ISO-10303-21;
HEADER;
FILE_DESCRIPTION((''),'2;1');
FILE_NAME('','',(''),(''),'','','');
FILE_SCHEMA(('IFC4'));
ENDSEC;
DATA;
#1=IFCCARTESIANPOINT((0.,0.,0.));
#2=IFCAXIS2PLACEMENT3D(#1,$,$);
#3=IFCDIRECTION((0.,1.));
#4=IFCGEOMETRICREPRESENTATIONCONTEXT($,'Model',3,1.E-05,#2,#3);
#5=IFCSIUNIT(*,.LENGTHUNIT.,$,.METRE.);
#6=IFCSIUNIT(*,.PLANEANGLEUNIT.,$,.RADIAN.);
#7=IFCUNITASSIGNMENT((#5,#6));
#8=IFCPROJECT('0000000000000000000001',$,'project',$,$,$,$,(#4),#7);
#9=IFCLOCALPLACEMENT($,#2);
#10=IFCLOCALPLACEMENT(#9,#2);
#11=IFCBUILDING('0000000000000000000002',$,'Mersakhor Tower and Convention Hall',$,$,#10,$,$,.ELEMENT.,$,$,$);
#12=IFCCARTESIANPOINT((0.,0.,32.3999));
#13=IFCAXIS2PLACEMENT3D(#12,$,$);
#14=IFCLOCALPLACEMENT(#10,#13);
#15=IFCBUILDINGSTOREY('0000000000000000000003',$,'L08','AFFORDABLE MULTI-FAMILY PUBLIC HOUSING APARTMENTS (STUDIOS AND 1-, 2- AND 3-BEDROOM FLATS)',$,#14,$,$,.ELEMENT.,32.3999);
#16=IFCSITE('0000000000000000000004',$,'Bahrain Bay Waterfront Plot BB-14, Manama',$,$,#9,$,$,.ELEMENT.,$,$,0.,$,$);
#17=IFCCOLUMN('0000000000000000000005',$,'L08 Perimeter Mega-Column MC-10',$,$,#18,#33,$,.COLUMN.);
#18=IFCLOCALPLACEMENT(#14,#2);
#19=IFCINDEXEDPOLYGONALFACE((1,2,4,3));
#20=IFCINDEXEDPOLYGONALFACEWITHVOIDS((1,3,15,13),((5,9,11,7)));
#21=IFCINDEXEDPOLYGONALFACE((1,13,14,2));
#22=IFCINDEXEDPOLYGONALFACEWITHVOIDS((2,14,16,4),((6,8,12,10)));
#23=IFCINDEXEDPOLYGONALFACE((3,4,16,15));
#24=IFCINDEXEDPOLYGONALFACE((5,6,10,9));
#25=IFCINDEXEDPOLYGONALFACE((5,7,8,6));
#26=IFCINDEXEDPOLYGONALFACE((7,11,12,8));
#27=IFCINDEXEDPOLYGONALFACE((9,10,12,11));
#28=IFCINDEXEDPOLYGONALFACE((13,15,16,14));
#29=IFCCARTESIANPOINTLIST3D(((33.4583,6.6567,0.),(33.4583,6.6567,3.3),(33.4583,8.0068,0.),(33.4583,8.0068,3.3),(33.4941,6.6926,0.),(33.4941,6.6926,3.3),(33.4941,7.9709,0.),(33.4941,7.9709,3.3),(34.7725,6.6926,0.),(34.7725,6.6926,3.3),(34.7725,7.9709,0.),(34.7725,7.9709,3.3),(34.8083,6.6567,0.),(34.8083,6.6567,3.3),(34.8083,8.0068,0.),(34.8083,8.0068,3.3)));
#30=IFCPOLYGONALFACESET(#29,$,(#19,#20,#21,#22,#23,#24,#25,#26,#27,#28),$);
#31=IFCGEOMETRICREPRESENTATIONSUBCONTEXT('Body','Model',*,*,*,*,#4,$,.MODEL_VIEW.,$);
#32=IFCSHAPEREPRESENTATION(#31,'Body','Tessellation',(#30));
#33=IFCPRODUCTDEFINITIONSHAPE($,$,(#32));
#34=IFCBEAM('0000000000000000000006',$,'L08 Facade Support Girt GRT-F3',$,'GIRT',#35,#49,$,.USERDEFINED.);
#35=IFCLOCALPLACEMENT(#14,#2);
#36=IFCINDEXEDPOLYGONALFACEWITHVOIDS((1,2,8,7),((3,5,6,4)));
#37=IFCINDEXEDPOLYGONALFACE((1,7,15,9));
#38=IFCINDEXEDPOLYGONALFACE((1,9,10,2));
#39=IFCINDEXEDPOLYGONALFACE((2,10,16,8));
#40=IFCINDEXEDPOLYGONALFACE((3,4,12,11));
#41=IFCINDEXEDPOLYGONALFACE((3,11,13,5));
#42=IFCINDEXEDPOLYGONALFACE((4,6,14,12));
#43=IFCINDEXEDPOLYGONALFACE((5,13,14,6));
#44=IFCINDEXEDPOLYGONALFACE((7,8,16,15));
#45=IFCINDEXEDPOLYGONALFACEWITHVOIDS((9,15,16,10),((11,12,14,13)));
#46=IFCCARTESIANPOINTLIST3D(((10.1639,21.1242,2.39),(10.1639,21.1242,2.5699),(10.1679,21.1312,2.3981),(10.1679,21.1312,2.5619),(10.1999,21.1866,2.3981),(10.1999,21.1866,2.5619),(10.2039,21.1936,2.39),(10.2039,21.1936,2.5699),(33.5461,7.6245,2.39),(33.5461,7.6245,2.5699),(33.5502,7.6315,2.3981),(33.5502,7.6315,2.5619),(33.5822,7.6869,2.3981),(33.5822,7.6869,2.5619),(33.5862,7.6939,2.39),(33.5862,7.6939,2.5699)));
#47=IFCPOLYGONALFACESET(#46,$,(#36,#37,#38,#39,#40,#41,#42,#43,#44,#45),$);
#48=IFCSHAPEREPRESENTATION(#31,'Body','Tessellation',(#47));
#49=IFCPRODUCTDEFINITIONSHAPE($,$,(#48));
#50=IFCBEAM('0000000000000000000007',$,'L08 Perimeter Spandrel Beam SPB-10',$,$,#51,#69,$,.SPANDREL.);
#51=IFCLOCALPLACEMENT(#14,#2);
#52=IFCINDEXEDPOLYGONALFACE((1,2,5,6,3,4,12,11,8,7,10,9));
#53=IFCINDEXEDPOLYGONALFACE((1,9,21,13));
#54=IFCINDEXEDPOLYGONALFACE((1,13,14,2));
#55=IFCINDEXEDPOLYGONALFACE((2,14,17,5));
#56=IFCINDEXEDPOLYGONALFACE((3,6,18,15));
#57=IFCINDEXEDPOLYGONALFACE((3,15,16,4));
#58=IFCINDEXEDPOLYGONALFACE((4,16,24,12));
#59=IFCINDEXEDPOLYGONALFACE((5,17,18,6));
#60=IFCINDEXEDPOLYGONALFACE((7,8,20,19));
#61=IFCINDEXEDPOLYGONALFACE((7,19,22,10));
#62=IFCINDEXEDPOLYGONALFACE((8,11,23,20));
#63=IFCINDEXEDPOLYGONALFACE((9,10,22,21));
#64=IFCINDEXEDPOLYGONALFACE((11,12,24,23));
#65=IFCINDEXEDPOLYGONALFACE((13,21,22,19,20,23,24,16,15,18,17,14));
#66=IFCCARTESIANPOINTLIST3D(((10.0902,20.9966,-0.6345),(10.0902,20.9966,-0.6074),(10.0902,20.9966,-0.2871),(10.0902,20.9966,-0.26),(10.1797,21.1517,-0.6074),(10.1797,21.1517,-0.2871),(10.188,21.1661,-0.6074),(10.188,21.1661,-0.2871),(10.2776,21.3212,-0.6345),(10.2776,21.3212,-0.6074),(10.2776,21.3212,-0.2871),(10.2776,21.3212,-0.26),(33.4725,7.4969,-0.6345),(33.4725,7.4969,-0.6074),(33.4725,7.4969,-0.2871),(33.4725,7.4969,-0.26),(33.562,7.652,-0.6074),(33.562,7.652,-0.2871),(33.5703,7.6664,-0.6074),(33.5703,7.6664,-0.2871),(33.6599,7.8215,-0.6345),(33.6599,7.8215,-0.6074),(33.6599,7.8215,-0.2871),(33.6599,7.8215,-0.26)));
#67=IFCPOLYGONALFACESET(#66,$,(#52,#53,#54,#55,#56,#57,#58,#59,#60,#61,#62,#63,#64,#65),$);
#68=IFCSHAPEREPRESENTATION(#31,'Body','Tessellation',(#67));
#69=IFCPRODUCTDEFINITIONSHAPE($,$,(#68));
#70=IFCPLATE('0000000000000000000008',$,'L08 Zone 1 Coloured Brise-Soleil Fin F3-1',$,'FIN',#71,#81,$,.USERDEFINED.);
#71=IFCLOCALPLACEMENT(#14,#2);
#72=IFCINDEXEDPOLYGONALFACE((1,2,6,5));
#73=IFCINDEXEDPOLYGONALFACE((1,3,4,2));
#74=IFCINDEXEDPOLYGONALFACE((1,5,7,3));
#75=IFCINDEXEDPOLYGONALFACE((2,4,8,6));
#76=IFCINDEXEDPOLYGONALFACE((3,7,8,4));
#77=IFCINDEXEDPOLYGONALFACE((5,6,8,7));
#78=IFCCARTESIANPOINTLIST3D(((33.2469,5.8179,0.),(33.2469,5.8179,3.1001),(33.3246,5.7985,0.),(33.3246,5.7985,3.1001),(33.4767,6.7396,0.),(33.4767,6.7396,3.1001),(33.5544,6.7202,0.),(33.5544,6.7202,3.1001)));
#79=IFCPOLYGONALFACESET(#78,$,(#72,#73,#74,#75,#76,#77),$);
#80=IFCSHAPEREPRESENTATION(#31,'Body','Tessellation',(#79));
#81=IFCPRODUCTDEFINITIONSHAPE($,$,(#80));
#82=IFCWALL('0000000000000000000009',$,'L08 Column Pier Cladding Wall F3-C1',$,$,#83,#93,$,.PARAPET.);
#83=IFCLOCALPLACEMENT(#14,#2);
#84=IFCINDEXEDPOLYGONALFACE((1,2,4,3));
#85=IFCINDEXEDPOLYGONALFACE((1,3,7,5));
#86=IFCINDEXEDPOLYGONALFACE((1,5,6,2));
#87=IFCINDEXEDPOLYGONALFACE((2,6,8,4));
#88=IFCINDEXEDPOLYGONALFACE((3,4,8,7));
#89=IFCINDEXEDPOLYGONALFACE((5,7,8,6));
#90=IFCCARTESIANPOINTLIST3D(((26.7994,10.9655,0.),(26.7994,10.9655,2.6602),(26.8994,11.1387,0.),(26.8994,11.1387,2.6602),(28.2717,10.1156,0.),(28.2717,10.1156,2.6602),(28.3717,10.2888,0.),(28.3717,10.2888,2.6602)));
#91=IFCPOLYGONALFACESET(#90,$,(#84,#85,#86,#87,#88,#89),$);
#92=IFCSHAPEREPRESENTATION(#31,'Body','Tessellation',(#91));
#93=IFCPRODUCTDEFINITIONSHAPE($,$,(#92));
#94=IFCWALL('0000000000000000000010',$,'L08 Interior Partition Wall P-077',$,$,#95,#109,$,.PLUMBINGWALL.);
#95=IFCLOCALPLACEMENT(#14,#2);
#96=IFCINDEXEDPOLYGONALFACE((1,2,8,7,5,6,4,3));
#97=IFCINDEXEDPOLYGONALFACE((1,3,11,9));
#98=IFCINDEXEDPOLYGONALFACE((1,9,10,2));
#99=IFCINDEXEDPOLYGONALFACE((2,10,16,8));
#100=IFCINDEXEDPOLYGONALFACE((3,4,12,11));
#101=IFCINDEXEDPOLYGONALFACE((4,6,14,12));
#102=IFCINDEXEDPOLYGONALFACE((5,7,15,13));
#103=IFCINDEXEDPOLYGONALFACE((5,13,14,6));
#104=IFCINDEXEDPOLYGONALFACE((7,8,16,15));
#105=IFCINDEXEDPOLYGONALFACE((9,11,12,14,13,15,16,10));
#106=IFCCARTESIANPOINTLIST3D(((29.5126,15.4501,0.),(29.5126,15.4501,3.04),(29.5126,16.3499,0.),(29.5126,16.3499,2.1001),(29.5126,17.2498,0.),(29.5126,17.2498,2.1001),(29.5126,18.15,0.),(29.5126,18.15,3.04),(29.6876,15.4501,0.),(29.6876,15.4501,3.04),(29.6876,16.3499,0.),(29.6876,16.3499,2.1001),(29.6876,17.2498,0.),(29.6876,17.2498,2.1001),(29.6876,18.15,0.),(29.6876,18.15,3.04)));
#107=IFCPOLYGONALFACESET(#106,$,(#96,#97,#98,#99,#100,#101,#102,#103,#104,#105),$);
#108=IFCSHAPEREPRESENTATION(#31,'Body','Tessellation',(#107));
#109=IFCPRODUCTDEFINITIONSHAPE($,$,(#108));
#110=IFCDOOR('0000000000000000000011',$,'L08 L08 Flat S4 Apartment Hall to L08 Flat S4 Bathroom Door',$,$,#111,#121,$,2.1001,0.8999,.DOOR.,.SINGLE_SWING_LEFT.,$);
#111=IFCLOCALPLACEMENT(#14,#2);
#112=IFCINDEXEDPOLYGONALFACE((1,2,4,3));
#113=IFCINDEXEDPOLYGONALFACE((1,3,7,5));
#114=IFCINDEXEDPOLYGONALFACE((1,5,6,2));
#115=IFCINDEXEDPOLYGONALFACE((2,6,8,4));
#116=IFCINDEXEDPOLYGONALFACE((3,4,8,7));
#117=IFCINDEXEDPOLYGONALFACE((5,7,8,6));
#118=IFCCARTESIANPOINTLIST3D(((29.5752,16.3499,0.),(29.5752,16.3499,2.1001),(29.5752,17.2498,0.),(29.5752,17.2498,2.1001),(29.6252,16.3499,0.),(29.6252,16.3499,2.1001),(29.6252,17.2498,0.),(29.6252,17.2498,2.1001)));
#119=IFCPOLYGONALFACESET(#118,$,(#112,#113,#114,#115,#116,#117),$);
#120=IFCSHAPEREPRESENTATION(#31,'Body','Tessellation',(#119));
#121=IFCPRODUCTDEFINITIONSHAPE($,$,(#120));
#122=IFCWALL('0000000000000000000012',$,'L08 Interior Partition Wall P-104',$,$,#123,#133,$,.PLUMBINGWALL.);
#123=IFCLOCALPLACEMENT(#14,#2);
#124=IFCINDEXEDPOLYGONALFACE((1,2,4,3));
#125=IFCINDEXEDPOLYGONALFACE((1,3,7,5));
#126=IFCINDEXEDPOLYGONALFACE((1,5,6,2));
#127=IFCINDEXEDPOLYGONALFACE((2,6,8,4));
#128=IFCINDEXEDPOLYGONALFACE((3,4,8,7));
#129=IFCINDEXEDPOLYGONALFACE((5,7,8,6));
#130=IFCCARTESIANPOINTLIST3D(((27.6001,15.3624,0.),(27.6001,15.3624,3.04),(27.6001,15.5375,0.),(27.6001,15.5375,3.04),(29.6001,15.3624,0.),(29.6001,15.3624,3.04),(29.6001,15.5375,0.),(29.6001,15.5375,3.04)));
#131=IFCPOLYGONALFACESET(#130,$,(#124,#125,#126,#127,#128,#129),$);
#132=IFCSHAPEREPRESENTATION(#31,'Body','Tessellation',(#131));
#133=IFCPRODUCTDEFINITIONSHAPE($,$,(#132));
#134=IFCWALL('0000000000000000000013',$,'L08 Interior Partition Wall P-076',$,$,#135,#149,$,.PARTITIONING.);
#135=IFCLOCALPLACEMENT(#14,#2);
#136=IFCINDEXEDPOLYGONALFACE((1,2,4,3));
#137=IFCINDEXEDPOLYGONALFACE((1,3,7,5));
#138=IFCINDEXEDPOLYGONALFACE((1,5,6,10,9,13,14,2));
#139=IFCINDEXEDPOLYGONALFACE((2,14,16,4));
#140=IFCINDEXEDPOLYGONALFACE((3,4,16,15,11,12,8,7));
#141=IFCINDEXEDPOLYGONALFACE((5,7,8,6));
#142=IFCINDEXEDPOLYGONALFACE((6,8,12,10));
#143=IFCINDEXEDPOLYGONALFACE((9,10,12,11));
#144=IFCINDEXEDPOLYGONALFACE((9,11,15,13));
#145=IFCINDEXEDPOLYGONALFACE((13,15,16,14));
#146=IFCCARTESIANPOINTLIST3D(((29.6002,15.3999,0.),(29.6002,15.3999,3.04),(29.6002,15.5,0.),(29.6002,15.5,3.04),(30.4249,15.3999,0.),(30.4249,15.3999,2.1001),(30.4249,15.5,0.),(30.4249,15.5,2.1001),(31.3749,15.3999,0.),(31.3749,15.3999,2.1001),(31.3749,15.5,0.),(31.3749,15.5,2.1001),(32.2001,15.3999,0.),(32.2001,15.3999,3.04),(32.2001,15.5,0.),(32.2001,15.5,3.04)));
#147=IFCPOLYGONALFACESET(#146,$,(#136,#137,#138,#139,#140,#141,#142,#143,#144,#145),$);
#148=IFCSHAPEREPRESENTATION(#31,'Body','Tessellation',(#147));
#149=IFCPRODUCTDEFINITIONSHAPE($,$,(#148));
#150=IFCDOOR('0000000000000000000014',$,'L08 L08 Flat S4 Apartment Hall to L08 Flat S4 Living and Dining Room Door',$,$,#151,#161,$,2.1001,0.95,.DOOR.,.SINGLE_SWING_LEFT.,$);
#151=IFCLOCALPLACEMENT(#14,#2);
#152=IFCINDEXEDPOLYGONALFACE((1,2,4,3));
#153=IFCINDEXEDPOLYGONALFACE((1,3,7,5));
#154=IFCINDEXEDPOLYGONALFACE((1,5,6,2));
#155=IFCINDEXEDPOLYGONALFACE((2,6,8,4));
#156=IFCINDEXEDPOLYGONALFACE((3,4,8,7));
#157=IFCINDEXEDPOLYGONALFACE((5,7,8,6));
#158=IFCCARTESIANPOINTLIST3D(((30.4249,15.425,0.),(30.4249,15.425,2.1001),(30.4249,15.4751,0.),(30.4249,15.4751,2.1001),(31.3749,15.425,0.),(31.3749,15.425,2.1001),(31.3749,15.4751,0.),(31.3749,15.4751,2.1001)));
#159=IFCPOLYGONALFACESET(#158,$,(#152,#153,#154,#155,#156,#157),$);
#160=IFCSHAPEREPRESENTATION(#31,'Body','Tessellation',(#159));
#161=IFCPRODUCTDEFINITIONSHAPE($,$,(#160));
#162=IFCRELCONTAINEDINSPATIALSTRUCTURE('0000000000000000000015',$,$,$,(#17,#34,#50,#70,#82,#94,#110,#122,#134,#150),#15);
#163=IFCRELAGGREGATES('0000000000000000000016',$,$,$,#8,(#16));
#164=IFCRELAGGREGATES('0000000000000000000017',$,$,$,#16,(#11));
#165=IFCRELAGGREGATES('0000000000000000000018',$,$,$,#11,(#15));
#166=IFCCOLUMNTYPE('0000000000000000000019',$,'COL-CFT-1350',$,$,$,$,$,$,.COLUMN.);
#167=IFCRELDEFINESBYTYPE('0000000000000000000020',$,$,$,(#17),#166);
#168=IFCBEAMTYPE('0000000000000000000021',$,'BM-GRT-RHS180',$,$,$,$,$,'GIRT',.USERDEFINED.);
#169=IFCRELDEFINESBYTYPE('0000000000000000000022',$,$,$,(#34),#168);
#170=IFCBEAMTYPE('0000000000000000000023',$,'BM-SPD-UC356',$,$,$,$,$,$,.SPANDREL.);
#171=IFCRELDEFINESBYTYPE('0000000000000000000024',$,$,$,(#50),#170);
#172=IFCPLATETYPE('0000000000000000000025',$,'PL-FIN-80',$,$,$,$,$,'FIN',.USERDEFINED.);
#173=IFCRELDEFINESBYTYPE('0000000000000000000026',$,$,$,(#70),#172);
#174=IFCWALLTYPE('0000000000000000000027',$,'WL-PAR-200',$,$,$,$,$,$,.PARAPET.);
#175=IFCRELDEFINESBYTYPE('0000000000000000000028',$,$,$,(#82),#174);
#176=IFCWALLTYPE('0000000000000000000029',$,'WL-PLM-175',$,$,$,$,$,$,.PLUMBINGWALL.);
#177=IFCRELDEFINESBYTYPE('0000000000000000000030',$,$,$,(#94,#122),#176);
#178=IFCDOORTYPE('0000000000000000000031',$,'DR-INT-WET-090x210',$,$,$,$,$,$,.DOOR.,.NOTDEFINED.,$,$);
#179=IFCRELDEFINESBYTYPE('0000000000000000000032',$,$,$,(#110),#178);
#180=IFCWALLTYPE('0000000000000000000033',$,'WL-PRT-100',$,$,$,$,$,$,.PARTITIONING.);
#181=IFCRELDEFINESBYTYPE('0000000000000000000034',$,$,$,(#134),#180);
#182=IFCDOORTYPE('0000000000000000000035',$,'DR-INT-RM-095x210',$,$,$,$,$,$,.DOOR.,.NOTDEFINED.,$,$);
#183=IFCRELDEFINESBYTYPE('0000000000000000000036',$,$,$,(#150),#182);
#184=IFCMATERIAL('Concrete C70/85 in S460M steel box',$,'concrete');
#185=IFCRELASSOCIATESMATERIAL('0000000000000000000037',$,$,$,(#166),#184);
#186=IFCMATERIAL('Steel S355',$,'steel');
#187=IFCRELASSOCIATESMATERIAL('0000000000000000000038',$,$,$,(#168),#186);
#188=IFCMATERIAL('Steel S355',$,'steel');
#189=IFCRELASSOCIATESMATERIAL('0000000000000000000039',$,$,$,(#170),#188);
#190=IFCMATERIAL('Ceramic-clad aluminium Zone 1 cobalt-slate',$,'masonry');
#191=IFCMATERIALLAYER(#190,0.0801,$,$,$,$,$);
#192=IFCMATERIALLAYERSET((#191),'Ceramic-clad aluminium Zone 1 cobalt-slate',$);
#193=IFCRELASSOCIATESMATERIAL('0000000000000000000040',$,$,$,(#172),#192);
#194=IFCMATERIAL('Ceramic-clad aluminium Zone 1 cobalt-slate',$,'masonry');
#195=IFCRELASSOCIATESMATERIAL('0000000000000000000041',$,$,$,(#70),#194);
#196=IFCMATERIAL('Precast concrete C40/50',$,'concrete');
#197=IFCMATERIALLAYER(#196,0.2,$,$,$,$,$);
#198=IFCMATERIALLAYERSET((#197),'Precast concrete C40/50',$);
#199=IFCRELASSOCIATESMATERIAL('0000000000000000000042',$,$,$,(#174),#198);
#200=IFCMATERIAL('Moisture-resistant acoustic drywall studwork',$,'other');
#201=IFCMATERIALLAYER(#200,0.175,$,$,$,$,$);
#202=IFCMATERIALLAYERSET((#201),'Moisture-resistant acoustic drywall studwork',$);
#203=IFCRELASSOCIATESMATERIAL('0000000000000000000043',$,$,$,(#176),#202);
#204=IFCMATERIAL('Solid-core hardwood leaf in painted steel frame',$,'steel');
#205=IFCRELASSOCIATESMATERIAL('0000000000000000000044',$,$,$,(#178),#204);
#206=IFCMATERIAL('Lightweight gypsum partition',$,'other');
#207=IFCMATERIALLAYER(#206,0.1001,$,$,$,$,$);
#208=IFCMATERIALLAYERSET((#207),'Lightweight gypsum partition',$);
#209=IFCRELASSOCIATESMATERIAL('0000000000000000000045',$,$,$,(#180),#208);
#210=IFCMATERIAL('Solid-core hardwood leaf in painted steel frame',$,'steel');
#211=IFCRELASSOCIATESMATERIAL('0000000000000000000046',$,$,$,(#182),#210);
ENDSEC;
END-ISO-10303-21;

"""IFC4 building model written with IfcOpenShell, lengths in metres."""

from ifc_helpers import new_model, si_unit, direction, frame, frame_2d, origin, origin_2d, place, context, subcontext, project, spatial, rectangle, hollow_rectangle, i_section, extrude, material, layer, layer_set, material_profile, profile_set, type_object, element, fill, save


model = new_model("IFC4")

# Units and contexts
model_context = context("Model", 3, precision=1e-05, world=origin(), true_north=direction((0.0, 1.0)))
body_context = subcontext(model_context, "Body", "Model", "MODEL_VIEW")
ifc_project = project(units=[si_unit("LENGTHUNIT", "METRE"), si_unit("PLANEANGLEUNIT", "RADIAN")], contexts=[model_context])

# Site, building, storey
site_placement = place(None, origin())
site = spatial("IfcSite", under=ifc_project, at=site_placement, Name="Bahrain Bay Waterfront Plot BB-14, Manama", CompositionType="ELEMENT", RefElevation=0.0)
building_placement = place(site_placement, origin())
building = spatial("IfcBuilding", under=site, at=building_placement, Name="Mersakhor Tower and Convention Hall", CompositionType="ELEMENT")
storey_placement = place(building_placement, frame((0.0, 0.0, 32.3999)))
storey = spatial("IfcBuildingStorey", under=building, at=storey_placement, Name="L08", Description="AFFORDABLE MULTI-FAMILY PUBLIC HOUSING APARTMENTS (STUDIOS AND 1-, 2- AND 3-BEDROOM FLATS)", CompositionType="ELEMENT", Elevation=32.3999)

# Column
ifc_material_1 = material(Name="Concrete C70/85 in S460M steel box", Category="concrete")
ifc_material_profile_1 = material_profile(ifc_material_1, hollow_rectangle(XDim=1.3501, YDim=1.3501, WallThickness=0.0359, at=origin_2d()), Name="SHS 1350x1350x36")
ifc_profile_set_1 = profile_set([ifc_material_profile_1], Name="Concrete C70/85 in S460M steel box")
column_type = type_object("IfcColumnType", Name="COL-CFT-1350", PredefinedType="COLUMN", material=ifc_profile_set_1)
column_placement = place(storey_placement, frame((34.1333, 7.3318, 0.0), z_axis=(0.0, 0.0, 1.0), x_axis=(1.0, 0.0, 0.0)))
element("IfcColumn", 1, at=column_placement, inside=storey, type_object=column_type, Name="L08 Perimeter Mega-Column MC-10", PredefinedType="COLUMN", context=body_context, shape_type="SweptSolid", body=[
    extrude(hollow_rectangle(XDim=1.3501, YDim=1.3501, WallThickness=0.0359, at=origin_2d()), origin(), (0.0, 0.0, 1.0), 3.3),
])

# Beams
ifc_material_2 = material(Name="Steel S355", Category="steel")
ifc_material_profile_2 = material_profile(ifc_material_2, hollow_rectangle(XDim=0.0801, YDim=0.1799, WallThickness=0.0081, at=origin_2d()), Name="RHS 180x80x8")
ifc_profile_set_2 = profile_set([ifc_material_profile_2], Name="Steel S355")
beam_type_1 = type_object("IfcBeamType", Name="BM-GRT-RHS180", ElementType="GIRT", PredefinedType="USERDEFINED", material=ifc_profile_set_2)
beam_1_placement = place(storey_placement, frame((33.5662, 7.6592, 2.48), z_axis=(-0.866026, 0.499999, 0.0), x_axis=(-0.499999, -0.866026, 0.0)))
element("IfcBeam", 2, at=beam_1_placement, inside=storey, type_object=beam_type_1, Name="L08 Facade Support Girt GRT-F3", ObjectType="GIRT", PredefinedType="USERDEFINED", context=body_context, shape_type="SweptSolid", body=[
    extrude(hollow_rectangle(XDim=0.0801, YDim=0.1799, WallThickness=0.0081, at=origin_2d()), origin(), (0.0, 0.0, 1.0), 26.9995),
])
ifc_material_3 = material(Name="Steel S355", Category="steel")
ifc_material_profile_3 = material_profile(ifc_material_3, i_section(OverallWidth=0.3748, OverallDepth=0.3745, WebThickness=0.0166, FlangeThickness=0.0271, at=origin_2d()), Name="UC 356x368x202")
ifc_profile_set_3 = profile_set([ifc_material_profile_3], Name="Steel S355")
beam_type_2 = type_object("IfcBeamType", Name="BM-SPD-UC356", PredefinedType="SPANDREL", material=ifc_profile_set_3)
beam_2_placement = place(storey_placement, frame((33.5662, 7.6592, -0.4473), z_axis=(-0.866026, 0.499999, 0.0), x_axis=(-0.499999, -0.866026, 0.0)))
element("IfcBeam", 3, at=beam_2_placement, inside=storey, type_object=beam_type_2, Name="L08 Perimeter Spandrel Beam SPB-10", PredefinedType="SPANDREL", context=body_context, shape_type="SweptSolid", body=[
    extrude(i_section(OverallWidth=0.3748, OverallDepth=0.3745, WebThickness=0.0166, FlangeThickness=0.0271, at=origin_2d()), origin(), (0.0, 0.0, 1.0), 26.9995),
])

# Plate
ifc_material_4 = material(Name="Ceramic-clad aluminium Zone 1 cobalt-slate", Category="masonry")
ifc_material_5 = material(Name="Ceramic-clad aluminium Zone 1 cobalt-slate", Category="masonry")
ifc_layer_1 = layer(ifc_material_5, 0.0801)
ifc_layer_set_1 = layer_set([ifc_layer_1], Name="Ceramic-clad aluminium Zone 1 cobalt-slate")
plate_type = type_object("IfcPlateType", Name="PL-FIN-80", ElementType="FIN", PredefinedType="USERDEFINED", material=ifc_layer_set_1)
plate_placement = place(storey_placement, frame((33.4006, 6.269, 0.0), z_axis=(0.0, 0.0, 1.0), x_axis=(-0.241922, -0.970296, 0.0)))
element("IfcPlate", 4, at=plate_placement, inside=storey, type_object=plate_type, material=ifc_material_4, Name="L08 Zone 1 Coloured Brise-Soleil Fin F3-1", ObjectType="FIN", PredefinedType="USERDEFINED", context=body_context, shape_type="SweptSolid", body=[
    extrude(rectangle(XDim=0.95, YDim=0.0801, at=origin_2d()), origin(), (0.0, 0.0, 1.0), 3.1001),
])

# Wall
ifc_material_6 = material(Name="Precast concrete C40/50", Category="concrete")
ifc_layer_2 = layer(ifc_material_6, 0.2)
ifc_layer_set_2 = layer_set([ifc_layer_2], Name="Precast concrete C40/50")
wall_type_1 = type_object("IfcWallType", Name="WL-PAR-200", PredefinedType="PARAPET", material=ifc_layer_set_2)
wall_1_placement = place(storey_placement, frame((28.3218, 10.2021, 0.0), z_axis=(0.0, 0.0, 1.0), x_axis=(-0.866052, 0.499955, 0.0)))
element("IfcWall", 5, at=wall_1_placement, inside=storey, type_object=wall_type_1, Name="L08 Column Pier Cladding Wall F3-C1", PredefinedType="PARAPET", context=body_context, shape_type="SweptSolid", body=[
    extrude(rectangle(XDim=1.7, YDim=0.2, at=frame_2d((0.8501, 0.0))), origin(), (0.0, 0.0, 1.0), 2.6602),
])

# Wall, opening, door
ifc_material_7 = material(Name="Moisture-resistant acoustic drywall studwork", Category="other")
ifc_layer_3 = layer(ifc_material_7, 0.175)
ifc_layer_set_3 = layer_set([ifc_layer_3], Name="Moisture-resistant acoustic drywall studwork")
wall_type_2 = type_object("IfcWallType", Name="WL-PLM-175", PredefinedType="PLUMBINGWALL", material=ifc_layer_set_3)
wall_2_placement = place(storey_placement, frame((29.6001, 15.45, 0.0), z_axis=(0.0, 0.0, 1.0), x_axis=(0.0, 1.0, 0.0)))
wall_2 = element("IfcWall", 6, at=wall_2_placement, inside=storey, type_object=wall_type_2, Name="L08 Interior Partition Wall P-077", PredefinedType="PLUMBINGWALL", context=body_context, shape_type="SweptSolid", body=[
    extrude(rectangle(XDim=2.7, YDim=0.175, at=frame_2d((1.3501, 0.0))), origin(), (0.0, 0.0, 1.0), 3.04),
])
opening_1_placement = place(wall_2_placement, frame((0.8999, 0.0, 0.0)))
opening_1 = element("IfcOpeningElement", 7, at=opening_1_placement, cuts=wall_2, PredefinedType="OPENING", context=body_context, shape_type="SweptSolid", body=[
    extrude(rectangle(XDim=0.8999, YDim=2.1001, at=frame_2d((0.45, 1.05))), frame((0.0, 0.0974, 0.0), z_axis=(0.0, -1.0, 0.0), x_axis=(1.0, 0.0, 0.0)), (0.0, 0.0, 1.0), 0.1951),
])
ifc_material_8 = material(Name="Solid-core hardwood leaf in painted steel frame", Category="steel")
door_type_1 = type_object("IfcDoorType", Name="DR-INT-WET-090x210", OperationType="NOTDEFINED", PredefinedType="DOOR", material=ifc_material_8)
door_1_placement = place(opening_1_placement, origin())
door_1 = element("IfcDoor", 8, at=door_1_placement, inside=storey, type_object=door_type_1, Name="L08 L08 Flat S4 Apartment Hall to L08 Flat S4 Bathroom Door", OperationType="SINGLE_SWING_LEFT", OverallHeight=2.1001, OverallWidth=0.8999, PredefinedType="DOOR", context=body_context, shape_type="SweptSolid", body=[
    extrude(rectangle(XDim=0.8999, YDim=2.1001, at=frame_2d((0.45, 1.05))), frame((0.0, 0.0249, 0.0), z_axis=(0.0, -1.0, 0.0), x_axis=(1.0, 0.0, 0.0)), (0.0, 0.0, 1.0), 0.05),
])
fill(opening_1, door_1)

# Wall
wall_3_placement = place(storey_placement, frame((29.6001, 15.45, 0.0), z_axis=(0.0, 0.0, 1.0), x_axis=(-1.0, 0.0, 0.0)))
element("IfcWall", 9, at=wall_3_placement, inside=storey, type_object=wall_type_2, Name="L08 Interior Partition Wall P-104", PredefinedType="PLUMBINGWALL", context=body_context, shape_type="SweptSolid", body=[
    extrude(rectangle(XDim=2.0, YDim=0.175, at=frame_2d((1.0, 0.0))), origin(), (0.0, 0.0, 1.0), 3.04),
])

# Wall, opening, door
ifc_material_9 = material(Name="Lightweight gypsum partition", Category="other")
ifc_layer_4 = layer(ifc_material_9, 0.1001)
ifc_layer_set_4 = layer_set([ifc_layer_4], Name="Lightweight gypsum partition")
wall_type_3 = type_object("IfcWallType", Name="WL-PRT-100", PredefinedType="PARTITIONING", material=ifc_layer_set_4)
wall_4_placement = place(storey_placement, frame((32.2, 15.45, 0.0), z_axis=(0.0, 0.0, 1.0), x_axis=(-1.0, 0.0, 0.0)))
wall_4 = element("IfcWall", 10, at=wall_4_placement, inside=storey, type_object=wall_type_3, Name="L08 Interior Partition Wall P-076", PredefinedType="PARTITIONING", context=body_context, shape_type="SweptSolid", body=[
    extrude(rectangle(XDim=2.5999, YDim=0.1001, at=frame_2d((1.2998, 0.0))), origin(), (0.0, 0.0, 1.0), 3.04),
])
opening_2_placement = place(wall_4_placement, frame((0.825, 0.0, 0.0)))
opening_2 = element("IfcOpeningElement", 11, at=opening_2_placement, cuts=wall_4, PredefinedType="OPENING", context=body_context, shape_type="SweptSolid", body=[
    extrude(rectangle(XDim=0.95, YDim=2.1001, at=frame_2d((0.4751, 1.05))), frame((0.0, 0.0601, 0.0), z_axis=(0.0, -1.0, 0.0), x_axis=(1.0, 0.0, 0.0)), (0.0, 0.0, 1.0), 0.1201),
])
ifc_material_10 = material(Name="Solid-core hardwood leaf in painted steel frame", Category="steel")
door_type_2 = type_object("IfcDoorType", Name="DR-INT-RM-095x210", OperationType="NOTDEFINED", PredefinedType="DOOR", material=ifc_material_10)
door_2_placement = place(opening_2_placement, origin())
door_2 = element("IfcDoor", 12, at=door_2_placement, inside=storey, type_object=door_type_2, Name="L08 L08 Flat S4 Apartment Hall to L08 Flat S4 Living and Dining Room Door", OperationType="SINGLE_SWING_LEFT", OverallHeight=2.1001, OverallWidth=0.95, PredefinedType="DOOR", context=body_context, shape_type="SweptSolid", body=[
    extrude(rectangle(XDim=0.95, YDim=2.1001, at=frame_2d((0.4751, 1.05))), frame((0.0, 0.0249, 0.0), z_axis=(0.0, -1.0, 0.0), x_axis=(1.0, 0.0, 0.0)), (0.0, 0.0, 1.0), 0.05),
])
fill(opening_2, door_2)

save(model, "model.ifc")
